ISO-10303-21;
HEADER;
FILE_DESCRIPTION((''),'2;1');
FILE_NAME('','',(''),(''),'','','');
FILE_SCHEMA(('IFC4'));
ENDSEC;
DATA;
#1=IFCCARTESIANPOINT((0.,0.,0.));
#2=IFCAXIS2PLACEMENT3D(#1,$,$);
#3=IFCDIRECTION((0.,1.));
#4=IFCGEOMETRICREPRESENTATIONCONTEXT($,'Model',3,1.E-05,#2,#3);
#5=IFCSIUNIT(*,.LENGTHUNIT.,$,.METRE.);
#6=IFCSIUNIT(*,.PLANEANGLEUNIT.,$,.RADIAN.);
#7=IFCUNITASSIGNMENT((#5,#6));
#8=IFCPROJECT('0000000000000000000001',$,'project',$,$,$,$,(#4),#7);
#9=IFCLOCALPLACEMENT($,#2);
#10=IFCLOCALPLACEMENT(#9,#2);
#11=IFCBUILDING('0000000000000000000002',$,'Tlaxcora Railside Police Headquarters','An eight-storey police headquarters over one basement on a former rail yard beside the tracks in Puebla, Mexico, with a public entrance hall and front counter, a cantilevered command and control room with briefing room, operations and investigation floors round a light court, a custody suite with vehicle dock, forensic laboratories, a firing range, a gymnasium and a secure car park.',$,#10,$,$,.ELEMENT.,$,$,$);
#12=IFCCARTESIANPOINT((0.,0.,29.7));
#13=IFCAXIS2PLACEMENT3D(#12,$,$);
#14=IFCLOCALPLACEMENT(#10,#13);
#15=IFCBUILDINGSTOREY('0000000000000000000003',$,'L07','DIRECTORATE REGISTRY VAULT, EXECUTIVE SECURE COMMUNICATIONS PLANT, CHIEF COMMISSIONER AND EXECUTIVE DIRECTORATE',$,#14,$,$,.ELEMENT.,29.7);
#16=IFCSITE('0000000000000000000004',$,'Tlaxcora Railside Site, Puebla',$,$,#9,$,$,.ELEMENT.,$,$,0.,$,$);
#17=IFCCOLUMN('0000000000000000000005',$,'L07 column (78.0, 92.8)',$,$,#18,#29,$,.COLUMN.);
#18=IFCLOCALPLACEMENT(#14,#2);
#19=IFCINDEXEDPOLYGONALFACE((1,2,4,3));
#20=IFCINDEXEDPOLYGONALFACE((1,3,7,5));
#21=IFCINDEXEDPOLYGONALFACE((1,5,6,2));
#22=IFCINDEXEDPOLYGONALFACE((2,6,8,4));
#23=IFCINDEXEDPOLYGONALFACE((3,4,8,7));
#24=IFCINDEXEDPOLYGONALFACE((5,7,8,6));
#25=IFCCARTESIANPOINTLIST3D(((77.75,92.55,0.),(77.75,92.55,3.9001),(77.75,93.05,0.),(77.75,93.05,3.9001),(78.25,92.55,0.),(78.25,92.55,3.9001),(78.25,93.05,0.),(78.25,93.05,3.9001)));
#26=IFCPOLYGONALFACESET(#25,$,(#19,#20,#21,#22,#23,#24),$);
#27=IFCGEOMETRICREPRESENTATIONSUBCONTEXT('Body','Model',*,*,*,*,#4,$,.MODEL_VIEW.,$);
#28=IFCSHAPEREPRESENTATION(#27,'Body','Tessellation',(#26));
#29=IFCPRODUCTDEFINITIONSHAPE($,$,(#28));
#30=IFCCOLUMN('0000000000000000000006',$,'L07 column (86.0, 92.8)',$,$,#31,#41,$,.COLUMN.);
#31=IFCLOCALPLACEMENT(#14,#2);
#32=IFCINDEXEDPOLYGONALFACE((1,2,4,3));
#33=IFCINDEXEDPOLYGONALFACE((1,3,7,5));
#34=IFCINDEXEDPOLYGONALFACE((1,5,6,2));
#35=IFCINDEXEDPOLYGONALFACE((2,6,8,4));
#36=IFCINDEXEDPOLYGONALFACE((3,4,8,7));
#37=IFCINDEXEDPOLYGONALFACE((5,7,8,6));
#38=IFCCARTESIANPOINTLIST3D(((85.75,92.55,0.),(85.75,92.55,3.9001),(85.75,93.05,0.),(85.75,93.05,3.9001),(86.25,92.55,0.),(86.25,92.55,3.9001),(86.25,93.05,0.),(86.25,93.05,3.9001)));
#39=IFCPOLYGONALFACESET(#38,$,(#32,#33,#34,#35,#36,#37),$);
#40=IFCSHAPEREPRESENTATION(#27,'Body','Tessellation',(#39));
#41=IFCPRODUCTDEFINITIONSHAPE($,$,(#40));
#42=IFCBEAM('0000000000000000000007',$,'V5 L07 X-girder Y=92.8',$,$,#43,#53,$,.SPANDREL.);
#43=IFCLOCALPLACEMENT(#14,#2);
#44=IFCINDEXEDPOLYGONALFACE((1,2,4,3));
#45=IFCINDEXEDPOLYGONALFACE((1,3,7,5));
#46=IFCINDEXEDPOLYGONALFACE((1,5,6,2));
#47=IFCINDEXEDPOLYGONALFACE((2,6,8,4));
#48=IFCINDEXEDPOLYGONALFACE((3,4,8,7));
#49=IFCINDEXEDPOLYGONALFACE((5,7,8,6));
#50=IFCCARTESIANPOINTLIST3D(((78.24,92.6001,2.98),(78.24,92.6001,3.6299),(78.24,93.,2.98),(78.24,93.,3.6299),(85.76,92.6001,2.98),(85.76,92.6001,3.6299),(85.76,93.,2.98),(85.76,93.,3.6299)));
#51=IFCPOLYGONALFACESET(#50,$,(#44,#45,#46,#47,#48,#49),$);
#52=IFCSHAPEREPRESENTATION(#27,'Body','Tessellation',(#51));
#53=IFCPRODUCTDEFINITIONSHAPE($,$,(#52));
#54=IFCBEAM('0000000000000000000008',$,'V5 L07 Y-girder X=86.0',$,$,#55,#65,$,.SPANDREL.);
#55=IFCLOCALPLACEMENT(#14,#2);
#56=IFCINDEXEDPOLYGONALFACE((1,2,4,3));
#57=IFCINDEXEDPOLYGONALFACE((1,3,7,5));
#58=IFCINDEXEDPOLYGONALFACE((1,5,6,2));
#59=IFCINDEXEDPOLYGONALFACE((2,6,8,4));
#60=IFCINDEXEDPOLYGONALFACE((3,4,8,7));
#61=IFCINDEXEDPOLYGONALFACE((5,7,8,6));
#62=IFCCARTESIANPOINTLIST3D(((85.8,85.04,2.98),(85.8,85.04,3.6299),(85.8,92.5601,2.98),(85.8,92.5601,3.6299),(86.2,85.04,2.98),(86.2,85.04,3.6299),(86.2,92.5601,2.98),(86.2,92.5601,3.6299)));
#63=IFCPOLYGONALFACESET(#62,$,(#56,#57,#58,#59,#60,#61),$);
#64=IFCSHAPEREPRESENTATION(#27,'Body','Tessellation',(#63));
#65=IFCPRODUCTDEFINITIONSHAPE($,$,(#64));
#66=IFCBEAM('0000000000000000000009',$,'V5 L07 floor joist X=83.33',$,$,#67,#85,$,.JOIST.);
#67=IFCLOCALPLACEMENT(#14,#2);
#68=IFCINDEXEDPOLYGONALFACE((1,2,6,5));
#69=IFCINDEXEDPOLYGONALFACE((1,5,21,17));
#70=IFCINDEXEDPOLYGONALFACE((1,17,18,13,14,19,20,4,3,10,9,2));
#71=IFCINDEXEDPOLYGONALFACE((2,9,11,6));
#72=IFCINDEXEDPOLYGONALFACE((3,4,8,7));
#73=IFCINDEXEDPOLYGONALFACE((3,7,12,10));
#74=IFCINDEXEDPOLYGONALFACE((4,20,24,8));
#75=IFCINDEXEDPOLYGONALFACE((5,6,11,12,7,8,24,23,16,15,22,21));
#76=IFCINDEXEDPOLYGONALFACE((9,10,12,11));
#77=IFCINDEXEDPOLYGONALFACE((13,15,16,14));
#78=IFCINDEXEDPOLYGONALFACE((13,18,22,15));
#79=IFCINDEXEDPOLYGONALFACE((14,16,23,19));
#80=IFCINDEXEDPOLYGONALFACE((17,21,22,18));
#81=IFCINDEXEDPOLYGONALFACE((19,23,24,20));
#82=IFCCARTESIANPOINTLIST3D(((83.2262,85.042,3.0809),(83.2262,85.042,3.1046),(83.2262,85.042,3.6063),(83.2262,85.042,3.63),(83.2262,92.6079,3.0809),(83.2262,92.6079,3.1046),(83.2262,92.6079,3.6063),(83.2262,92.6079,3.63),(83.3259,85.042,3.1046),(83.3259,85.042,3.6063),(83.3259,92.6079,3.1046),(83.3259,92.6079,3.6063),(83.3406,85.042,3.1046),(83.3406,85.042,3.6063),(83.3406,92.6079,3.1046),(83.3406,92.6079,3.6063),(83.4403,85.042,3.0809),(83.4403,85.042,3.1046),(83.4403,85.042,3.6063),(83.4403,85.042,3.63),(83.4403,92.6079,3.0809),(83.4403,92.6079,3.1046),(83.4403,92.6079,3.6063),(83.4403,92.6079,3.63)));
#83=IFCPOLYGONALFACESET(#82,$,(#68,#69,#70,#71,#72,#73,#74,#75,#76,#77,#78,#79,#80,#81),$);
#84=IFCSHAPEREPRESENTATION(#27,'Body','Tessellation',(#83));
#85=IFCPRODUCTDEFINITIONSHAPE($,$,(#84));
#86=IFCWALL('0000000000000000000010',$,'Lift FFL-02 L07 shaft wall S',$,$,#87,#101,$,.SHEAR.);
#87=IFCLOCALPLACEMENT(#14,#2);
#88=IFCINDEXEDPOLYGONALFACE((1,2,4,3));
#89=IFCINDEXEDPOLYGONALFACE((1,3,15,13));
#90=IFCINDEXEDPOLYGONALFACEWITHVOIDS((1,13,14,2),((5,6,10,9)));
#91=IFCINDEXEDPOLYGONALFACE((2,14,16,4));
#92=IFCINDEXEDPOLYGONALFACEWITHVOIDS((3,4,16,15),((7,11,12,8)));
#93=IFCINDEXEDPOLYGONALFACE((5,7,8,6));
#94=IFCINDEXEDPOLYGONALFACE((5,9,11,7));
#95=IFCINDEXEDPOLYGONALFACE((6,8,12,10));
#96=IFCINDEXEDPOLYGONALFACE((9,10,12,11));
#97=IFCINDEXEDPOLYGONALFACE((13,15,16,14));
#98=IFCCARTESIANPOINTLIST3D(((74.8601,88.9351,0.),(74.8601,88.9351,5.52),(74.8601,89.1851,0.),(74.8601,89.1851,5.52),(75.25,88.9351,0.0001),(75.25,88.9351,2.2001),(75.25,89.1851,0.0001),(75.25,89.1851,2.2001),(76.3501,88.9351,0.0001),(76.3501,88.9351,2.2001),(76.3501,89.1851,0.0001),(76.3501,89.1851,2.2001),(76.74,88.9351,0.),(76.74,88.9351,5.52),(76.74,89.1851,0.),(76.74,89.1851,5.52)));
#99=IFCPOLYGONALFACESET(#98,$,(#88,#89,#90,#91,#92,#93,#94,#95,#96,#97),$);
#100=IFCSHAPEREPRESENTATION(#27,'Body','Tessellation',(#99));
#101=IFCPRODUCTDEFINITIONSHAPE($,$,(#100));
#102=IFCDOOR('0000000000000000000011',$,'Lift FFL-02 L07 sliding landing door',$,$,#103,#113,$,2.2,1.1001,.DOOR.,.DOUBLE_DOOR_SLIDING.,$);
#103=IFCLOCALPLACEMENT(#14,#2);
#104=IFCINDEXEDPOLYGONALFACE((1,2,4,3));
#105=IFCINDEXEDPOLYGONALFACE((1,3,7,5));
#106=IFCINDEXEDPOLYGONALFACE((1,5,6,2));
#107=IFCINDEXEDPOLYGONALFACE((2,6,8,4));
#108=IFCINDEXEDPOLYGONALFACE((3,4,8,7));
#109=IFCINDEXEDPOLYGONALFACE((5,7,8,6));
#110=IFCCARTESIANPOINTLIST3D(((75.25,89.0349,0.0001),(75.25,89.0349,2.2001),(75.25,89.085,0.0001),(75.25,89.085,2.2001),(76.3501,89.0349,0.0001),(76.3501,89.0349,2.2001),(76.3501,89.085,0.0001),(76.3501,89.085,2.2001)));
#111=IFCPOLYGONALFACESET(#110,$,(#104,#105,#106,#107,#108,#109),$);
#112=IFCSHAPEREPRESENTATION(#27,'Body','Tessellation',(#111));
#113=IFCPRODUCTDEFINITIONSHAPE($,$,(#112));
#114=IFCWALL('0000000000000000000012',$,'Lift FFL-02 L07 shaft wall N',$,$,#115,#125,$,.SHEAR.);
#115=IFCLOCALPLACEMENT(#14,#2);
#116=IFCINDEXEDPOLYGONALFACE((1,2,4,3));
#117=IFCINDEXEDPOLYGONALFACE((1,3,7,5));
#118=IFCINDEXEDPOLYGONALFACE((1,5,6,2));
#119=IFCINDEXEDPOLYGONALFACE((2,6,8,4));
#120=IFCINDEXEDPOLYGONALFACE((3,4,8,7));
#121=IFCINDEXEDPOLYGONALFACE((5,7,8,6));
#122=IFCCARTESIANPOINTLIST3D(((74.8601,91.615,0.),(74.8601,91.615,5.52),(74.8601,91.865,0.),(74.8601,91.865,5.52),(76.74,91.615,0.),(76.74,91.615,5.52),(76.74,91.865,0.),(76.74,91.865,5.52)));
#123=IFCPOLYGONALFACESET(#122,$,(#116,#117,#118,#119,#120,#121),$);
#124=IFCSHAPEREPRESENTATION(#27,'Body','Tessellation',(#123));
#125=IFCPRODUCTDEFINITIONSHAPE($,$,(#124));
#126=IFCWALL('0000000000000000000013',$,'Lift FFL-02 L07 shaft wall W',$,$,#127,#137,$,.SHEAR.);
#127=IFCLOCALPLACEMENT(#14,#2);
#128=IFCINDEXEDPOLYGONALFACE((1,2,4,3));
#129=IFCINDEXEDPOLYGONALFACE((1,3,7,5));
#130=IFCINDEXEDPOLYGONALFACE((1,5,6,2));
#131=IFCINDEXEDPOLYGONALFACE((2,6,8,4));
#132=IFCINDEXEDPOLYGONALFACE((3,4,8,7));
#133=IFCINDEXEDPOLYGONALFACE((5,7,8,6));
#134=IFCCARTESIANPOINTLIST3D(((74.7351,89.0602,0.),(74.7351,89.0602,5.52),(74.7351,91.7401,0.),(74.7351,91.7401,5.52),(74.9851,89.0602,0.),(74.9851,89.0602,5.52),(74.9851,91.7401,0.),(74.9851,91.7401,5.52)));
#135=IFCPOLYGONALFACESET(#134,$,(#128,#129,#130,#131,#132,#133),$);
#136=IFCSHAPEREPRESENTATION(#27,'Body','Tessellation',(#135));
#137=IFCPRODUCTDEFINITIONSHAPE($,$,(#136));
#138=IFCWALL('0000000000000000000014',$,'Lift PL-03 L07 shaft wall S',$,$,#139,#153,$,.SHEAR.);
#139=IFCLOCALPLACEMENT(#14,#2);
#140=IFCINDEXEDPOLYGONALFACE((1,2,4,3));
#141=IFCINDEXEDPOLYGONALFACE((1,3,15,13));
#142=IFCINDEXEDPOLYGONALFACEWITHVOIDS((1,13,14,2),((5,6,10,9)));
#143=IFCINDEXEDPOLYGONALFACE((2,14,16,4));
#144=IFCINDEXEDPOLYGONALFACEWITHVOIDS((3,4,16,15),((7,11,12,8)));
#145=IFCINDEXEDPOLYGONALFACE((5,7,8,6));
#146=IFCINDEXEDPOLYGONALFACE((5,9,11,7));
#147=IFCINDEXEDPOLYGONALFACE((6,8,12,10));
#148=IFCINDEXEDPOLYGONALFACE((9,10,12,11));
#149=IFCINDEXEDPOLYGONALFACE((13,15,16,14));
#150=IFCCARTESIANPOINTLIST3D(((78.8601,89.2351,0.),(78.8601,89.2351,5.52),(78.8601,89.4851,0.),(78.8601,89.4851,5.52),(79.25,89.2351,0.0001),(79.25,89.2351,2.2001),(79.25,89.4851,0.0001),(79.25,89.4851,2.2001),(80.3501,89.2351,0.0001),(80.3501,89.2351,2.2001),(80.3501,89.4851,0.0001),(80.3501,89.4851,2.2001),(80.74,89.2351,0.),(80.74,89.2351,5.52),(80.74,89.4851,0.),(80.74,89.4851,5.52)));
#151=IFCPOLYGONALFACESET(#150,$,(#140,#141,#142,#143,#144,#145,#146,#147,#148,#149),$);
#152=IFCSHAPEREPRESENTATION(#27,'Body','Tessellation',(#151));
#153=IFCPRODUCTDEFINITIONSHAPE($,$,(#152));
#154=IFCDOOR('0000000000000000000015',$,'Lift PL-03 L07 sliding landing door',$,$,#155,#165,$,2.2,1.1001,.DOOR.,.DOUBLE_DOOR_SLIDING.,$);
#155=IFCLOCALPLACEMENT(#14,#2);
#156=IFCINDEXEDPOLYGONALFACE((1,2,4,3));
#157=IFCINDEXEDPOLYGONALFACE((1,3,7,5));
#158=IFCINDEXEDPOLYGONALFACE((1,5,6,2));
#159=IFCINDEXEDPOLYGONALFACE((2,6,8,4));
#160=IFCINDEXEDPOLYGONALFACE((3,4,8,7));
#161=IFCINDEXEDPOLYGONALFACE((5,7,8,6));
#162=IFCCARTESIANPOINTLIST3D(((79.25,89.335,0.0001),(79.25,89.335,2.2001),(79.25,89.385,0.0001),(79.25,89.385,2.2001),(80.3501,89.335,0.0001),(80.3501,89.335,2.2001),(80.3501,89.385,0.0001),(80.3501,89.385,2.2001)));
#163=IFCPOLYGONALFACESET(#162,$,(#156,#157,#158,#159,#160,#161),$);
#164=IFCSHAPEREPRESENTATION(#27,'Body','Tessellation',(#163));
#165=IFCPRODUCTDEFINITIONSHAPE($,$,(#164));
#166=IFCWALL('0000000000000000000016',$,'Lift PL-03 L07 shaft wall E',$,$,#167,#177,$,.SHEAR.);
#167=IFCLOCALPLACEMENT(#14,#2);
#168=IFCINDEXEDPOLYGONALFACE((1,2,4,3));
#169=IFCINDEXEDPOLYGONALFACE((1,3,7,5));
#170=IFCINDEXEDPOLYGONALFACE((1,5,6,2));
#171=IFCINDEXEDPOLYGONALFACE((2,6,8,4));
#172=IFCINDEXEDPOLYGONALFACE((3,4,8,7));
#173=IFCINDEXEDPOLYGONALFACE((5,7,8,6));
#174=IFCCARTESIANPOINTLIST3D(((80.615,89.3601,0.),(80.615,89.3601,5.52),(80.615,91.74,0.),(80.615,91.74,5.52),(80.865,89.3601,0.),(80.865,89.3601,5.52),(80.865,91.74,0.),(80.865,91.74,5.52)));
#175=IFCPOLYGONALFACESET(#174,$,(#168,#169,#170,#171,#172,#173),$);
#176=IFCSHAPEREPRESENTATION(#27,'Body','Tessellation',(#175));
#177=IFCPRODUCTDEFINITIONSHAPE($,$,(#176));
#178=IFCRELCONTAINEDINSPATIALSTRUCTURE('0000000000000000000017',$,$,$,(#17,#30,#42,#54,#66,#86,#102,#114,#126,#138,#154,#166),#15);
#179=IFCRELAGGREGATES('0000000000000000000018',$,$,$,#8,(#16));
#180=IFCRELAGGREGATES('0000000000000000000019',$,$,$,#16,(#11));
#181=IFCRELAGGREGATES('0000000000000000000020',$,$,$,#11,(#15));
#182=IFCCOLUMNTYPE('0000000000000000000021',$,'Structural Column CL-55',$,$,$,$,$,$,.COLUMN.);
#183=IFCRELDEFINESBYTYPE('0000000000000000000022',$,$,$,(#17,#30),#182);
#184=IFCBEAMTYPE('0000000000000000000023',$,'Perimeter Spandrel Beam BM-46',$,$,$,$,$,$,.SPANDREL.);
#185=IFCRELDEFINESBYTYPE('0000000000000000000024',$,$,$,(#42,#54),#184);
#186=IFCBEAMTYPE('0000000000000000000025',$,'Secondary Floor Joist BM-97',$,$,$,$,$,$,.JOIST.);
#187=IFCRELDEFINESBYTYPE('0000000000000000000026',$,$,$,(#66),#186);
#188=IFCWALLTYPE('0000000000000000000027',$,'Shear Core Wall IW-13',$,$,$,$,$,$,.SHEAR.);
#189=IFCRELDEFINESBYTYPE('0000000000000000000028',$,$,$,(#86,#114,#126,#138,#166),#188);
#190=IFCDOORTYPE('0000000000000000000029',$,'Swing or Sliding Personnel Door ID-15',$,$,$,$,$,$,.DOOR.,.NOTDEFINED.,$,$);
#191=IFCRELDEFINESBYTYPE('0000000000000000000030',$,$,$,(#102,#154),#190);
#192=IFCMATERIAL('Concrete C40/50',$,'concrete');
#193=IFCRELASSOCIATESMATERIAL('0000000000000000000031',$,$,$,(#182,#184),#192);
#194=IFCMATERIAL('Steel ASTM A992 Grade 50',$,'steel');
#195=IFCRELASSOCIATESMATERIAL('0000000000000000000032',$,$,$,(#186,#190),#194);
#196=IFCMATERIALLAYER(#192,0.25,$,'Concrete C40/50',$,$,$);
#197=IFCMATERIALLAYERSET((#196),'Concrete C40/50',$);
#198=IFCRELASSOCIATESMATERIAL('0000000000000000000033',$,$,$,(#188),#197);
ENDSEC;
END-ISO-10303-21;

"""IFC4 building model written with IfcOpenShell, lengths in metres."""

from ifc_helpers import new_model, si_unit, direction, frame, frame_2d, origin, origin_2d, place, context, subcontext, project, spatial, rectangle, i_section, extrude, material, layer, layer_set, material_profile, profile_set, type_object, element, fill, save


model = new_model("IFC4")

# Units and contexts
model_context = context("Model", 3, precision=1e-05, world=origin(), true_north=direction((0.0, 1.0)))
body_context = subcontext(model_context, "Body", "Model", "MODEL_VIEW")
ifc_project = project(units=[si_unit("LENGTHUNIT", "METRE"), si_unit("PLANEANGLEUNIT", "RADIAN")], contexts=[model_context])

# Site, building, storey
site_placement = place(None, origin())
site = spatial("IfcSite", under=ifc_project, at=site_placement, Name="Tlaxcora Railside Site, Puebla", CompositionType="ELEMENT", RefElevation=0.0)
building_placement = place(site_placement, origin())
building = spatial("IfcBuilding", under=site, at=building_placement, Name="Tlaxcora Railside Police Headquarters", Description="An eight-storey police headquarters over one basement on a former rail yard beside the tracks in Puebla, Mexico, with a public entrance hall and front counter, a cantilevered command and control room with briefing room, operations and investigation floors round a light court, a custody suite with vehicle dock, forensic laboratories, a firing range, a gymnasium and a secure car park.", CompositionType="ELEMENT")
storey_placement = place(building_placement, frame((0.0, 0.0, 29.7)))
storey = spatial("IfcBuildingStorey", under=building, at=storey_placement, Name="L07", Description="DIRECTORATE REGISTRY VAULT, EXECUTIVE SECURE COMMUNICATIONS PLANT, CHIEF COMMISSIONER AND EXECUTIVE DIRECTORATE", CompositionType="ELEMENT", Elevation=29.7)

# Columns
ifc_material_1 = material(Name="Concrete C40/50", Category="concrete")
ifc_material_profile_1 = material_profile(ifc_material_1, rectangle(XDim=0.5, YDim=0.5, at=origin_2d()), Name="RC500X500")
ifc_profile_set_1 = profile_set([ifc_material_profile_1], Name="Concrete C40/50")
column_type = type_object("IfcColumnType", Name="Structural Column CL-55", PredefinedType="COLUMN", material=ifc_profile_set_1)
for number, where, z_axis, x_axis, name in (
    (1, (78.0, 92.8, 0.0), (0.0, 0.0, 1.0), (1.0, 0.0, 0.0), "L07 column (78.0, 92.8)"),
    (2, (86.0, 92.8, 0.0), (0.0, 0.0, 1.0), (1.0, 0.0, 0.0), "L07 column (86.0, 92.8)"),
):
    element("IfcColumn", number, at=place(storey_placement, frame(where, z_axis=z_axis, x_axis=x_axis)), inside=storey, type_object=column_type, Name=name, PredefinedType="COLUMN", context=body_context, shape_type="SweptSolid", body=[
        extrude(rectangle(XDim=0.5, YDim=0.5, at=origin_2d()), origin(), (0.0, 0.0, 1.0), 3.9001),
    ])

# Beams
ifc_material_profile_2 = material_profile(ifc_material_1, rectangle(XDim=0.3999, YDim=0.6499, at=origin_2d()), Name="RC400X650")
ifc_profile_set_2 = profile_set([ifc_material_profile_2], Name="Concrete C40/50")
beam_type_1 = type_object("IfcBeamType", Name="Perimeter Spandrel Beam BM-46", PredefinedType="SPANDREL", material=ifc_profile_set_2)
for number, where, z_axis, x_axis, name in (
    (3, (78.24, 92.8, 3.3049), (1.0, 0.0, 0.0), (0.0, 1.0, 0.0), "V5 L07 X-girder Y=92.8"),
    (4, (86.0, 85.04, 3.3049), (0.0, 1.0, 0.0), (-1.0, 0.0, 0.0), "V5 L07 Y-girder X=86.0"),
):
    element("IfcBeam", number, at=place(storey_placement, frame(where, z_axis=z_axis, x_axis=x_axis)), inside=storey, type_object=beam_type_1, Name=name, PredefinedType="SPANDREL", context=body_context, shape_type="SweptSolid", body=[
        extrude(rectangle(XDim=0.3999, YDim=0.6499, at=origin_2d()), origin(), (0.0, 0.0, 1.0), 7.52),
    ])
ifc_material_2 = material(Name="Steel ASTM A992 Grade 50", Category="steel")
ifc_material_profile_3 = material_profile(ifc_material_2, i_section(OverallWidth=0.2141, OverallDepth=0.5491, WebThickness=0.0146, FlangeThickness=0.0237, at=origin_2d()), Name="W21X93")
ifc_profile_set_3 = profile_set([ifc_material_profile_3], Name="Steel ASTM A992 Grade 50")
beam_type_2 = type_object("IfcBeamType", Name="Secondary Floor Joist BM-97", PredefinedType="JOIST", material=ifc_profile_set_3)
beam_placement = place(storey_placement, frame((83.3333, 85.042, 3.3555), z_axis=(0.0, 1.0, 0.0), x_axis=(-1.0, 0.0, 0.0)))
element("IfcBeam", 5, at=beam_placement, inside=storey, type_object=beam_type_2, Name="V5 L07 floor joist X=83.33", PredefinedType="JOIST", context=body_context, shape_type="SweptSolid", body=[
    extrude(i_section(OverallWidth=0.2141, OverallDepth=0.5491, WebThickness=0.0146, FlangeThickness=0.0237, at=origin_2d()), origin(), (0.0, 0.0, 1.0), 7.5659),
])

# Wall, opening, door
ifc_layer_1 = layer(ifc_material_1, 0.25, Name="Concrete C40/50")
ifc_layer_set_1 = layer_set([ifc_layer_1], Name="Concrete C40/50")
wall_type_1 = type_object("IfcWallType", Name="Shear Core Wall IW-13", PredefinedType="SHEAR", material=ifc_layer_set_1)
wall_1_placement = place(storey_placement, frame((74.8601, 89.0601, 0.0), z_axis=(0.0, 0.0, 1.0), x_axis=(1.0, 0.0, 0.0)))
wall_1 = element("IfcWall", 6, at=wall_1_placement, inside=storey, type_object=wall_type_1, Name="Lift FFL-02 L07 shaft wall S", PredefinedType="SHEAR", context=body_context, shape_type="SweptSolid", body=[
    extrude(rectangle(XDim=1.8799, YDim=0.25, at=frame_2d((0.9399, 0.0))), origin(), (0.0, 0.0, 1.0), 5.52),
])
opening_1_placement = place(wall_1_placement, frame((0.3899, 0.0, 0.0)))
opening_1 = element("IfcOpeningElement", 7, at=opening_1_placement, cuts=wall_1, PredefinedType="OPENING", context=body_context, shape_type="SweptSolid", body=[
    extrude(rectangle(XDim=1.1001, YDim=2.2, at=frame_2d((0.55, 1.1001))), frame((0.0, 0.135, 0.0), z_axis=(0.0, -1.0, 0.0), x_axis=(1.0, 0.0, 0.0)), (0.0, 0.0, 1.0), 0.27),
])
door_type = type_object("IfcDoorType", Name="Swing or Sliding Personnel Door ID-15", OperationType="NOTDEFINED", PredefinedType="DOOR", material=ifc_material_2)
door_1_placement = place(opening_1_placement, origin())
door_1 = element("IfcDoor", 8, at=door_1_placement, inside=storey, type_object=door_type, Name="Lift FFL-02 L07 sliding landing door", OperationType="DOUBLE_DOOR_SLIDING", OverallHeight=2.2, OverallWidth=1.1001, PredefinedType="DOOR", context=body_context, shape_type="SweptSolid", body=[
    extrude(rectangle(XDim=1.1001, YDim=2.2, at=frame_2d((0.55, 1.1001))), frame((0.0, 0.0249, 0.0), z_axis=(0.0, -1.0, 0.0), x_axis=(1.0, 0.0, 0.0)), (0.0, 0.0, 1.0), 0.05),
])
fill(opening_1, door_1)

# Walls
wall_2_placement = place(storey_placement, frame((76.74, 91.74, 0.0), z_axis=(0.0, 0.0, 1.0), x_axis=(-1.0, 0.0, 0.0)))
element("IfcWall", 9, at=wall_2_placement, inside=storey, type_object=wall_type_1, Name="Lift FFL-02 L07 shaft wall N", PredefinedType="SHEAR", context=body_context, shape_type="SweptSolid", body=[
    extrude(rectangle(XDim=1.8799, YDim=0.25, at=frame_2d((0.9399, 0.0))), origin(), (0.0, 0.0, 1.0), 5.52),
])
wall_3_placement = place(storey_placement, frame((74.8601, 91.74, 0.0), z_axis=(0.0, 0.0, 1.0), x_axis=(0.0, -1.0, 0.0)))
element("IfcWall", 10, at=wall_3_placement, inside=storey, type_object=wall_type_1, Name="Lift FFL-02 L07 shaft wall W", PredefinedType="SHEAR", context=body_context, shape_type="SweptSolid", body=[
    extrude(rectangle(XDim=2.6799, YDim=0.25, at=frame_2d((1.3398, 0.0))), origin(), (0.0, 0.0, 1.0), 5.52),
])

# Wall, opening, door
wall_4_placement = place(storey_placement, frame((78.8601, 89.3601, 0.0), z_axis=(0.0, 0.0, 1.0), x_axis=(1.0, 0.0, 0.0)))
wall_4 = element("IfcWall", 11, at=wall_4_placement, inside=storey, type_object=wall_type_1, Name="Lift PL-03 L07 shaft wall S", PredefinedType="SHEAR", context=body_context, shape_type="SweptSolid", body=[
    extrude(rectangle(XDim=1.8799, YDim=0.25, at=frame_2d((0.9399, 0.0))), origin(), (0.0, 0.0, 1.0), 5.52),
])
opening_2_placement = place(wall_4_placement, frame((0.3899, 0.0, 0.0)))
opening_2 = element("IfcOpeningElement", 12, at=opening_2_placement, cuts=wall_4, PredefinedType="OPENING", context=body_context, shape_type="SweptSolid", body=[
    extrude(rectangle(XDim=1.1001, YDim=2.2, at=frame_2d((0.55, 1.1001))), frame((0.0, 0.135, 0.0), z_axis=(0.0, -1.0, 0.0), x_axis=(1.0, 0.0, 0.0)), (0.0, 0.0, 1.0), 0.27),
])
door_2_placement = place(opening_2_placement, origin())
door_2 = element("IfcDoor", 13, at=door_2_placement, inside=storey, type_object=door_type, Name="Lift PL-03 L07 sliding landing door", OperationType="DOUBLE_DOOR_SLIDING", OverallHeight=2.2, OverallWidth=1.1001, PredefinedType="DOOR", context=body_context, shape_type="SweptSolid", body=[
    extrude(rectangle(XDim=1.1001, YDim=2.2, at=frame_2d((0.55, 1.1001))), frame((0.0, 0.0249, 0.0), z_axis=(0.0, -1.0, 0.0), x_axis=(1.0, 0.0, 0.0)), (0.0, 0.0, 1.0), 0.05),
])
fill(opening_2, door_2)

# Wall
wall_5_placement = place(storey_placement, frame((80.74, 89.3601, 0.0), z_axis=(0.0, 0.0, 1.0), x_axis=(0.0, 1.0, 0.0)))
element("IfcWall", 14, at=wall_5_placement, inside=storey, type_object=wall_type_1, Name="Lift PL-03 L07 shaft wall E", PredefinedType="SHEAR", context=body_context, shape_type="SweptSolid", body=[
    extrude(rectangle(XDim=2.3799, YDim=0.25, at=frame_2d((1.1899, 0.0))), origin(), (0.0, 0.0, 1.0), 5.52),
])

save(model, "model.ifc")
